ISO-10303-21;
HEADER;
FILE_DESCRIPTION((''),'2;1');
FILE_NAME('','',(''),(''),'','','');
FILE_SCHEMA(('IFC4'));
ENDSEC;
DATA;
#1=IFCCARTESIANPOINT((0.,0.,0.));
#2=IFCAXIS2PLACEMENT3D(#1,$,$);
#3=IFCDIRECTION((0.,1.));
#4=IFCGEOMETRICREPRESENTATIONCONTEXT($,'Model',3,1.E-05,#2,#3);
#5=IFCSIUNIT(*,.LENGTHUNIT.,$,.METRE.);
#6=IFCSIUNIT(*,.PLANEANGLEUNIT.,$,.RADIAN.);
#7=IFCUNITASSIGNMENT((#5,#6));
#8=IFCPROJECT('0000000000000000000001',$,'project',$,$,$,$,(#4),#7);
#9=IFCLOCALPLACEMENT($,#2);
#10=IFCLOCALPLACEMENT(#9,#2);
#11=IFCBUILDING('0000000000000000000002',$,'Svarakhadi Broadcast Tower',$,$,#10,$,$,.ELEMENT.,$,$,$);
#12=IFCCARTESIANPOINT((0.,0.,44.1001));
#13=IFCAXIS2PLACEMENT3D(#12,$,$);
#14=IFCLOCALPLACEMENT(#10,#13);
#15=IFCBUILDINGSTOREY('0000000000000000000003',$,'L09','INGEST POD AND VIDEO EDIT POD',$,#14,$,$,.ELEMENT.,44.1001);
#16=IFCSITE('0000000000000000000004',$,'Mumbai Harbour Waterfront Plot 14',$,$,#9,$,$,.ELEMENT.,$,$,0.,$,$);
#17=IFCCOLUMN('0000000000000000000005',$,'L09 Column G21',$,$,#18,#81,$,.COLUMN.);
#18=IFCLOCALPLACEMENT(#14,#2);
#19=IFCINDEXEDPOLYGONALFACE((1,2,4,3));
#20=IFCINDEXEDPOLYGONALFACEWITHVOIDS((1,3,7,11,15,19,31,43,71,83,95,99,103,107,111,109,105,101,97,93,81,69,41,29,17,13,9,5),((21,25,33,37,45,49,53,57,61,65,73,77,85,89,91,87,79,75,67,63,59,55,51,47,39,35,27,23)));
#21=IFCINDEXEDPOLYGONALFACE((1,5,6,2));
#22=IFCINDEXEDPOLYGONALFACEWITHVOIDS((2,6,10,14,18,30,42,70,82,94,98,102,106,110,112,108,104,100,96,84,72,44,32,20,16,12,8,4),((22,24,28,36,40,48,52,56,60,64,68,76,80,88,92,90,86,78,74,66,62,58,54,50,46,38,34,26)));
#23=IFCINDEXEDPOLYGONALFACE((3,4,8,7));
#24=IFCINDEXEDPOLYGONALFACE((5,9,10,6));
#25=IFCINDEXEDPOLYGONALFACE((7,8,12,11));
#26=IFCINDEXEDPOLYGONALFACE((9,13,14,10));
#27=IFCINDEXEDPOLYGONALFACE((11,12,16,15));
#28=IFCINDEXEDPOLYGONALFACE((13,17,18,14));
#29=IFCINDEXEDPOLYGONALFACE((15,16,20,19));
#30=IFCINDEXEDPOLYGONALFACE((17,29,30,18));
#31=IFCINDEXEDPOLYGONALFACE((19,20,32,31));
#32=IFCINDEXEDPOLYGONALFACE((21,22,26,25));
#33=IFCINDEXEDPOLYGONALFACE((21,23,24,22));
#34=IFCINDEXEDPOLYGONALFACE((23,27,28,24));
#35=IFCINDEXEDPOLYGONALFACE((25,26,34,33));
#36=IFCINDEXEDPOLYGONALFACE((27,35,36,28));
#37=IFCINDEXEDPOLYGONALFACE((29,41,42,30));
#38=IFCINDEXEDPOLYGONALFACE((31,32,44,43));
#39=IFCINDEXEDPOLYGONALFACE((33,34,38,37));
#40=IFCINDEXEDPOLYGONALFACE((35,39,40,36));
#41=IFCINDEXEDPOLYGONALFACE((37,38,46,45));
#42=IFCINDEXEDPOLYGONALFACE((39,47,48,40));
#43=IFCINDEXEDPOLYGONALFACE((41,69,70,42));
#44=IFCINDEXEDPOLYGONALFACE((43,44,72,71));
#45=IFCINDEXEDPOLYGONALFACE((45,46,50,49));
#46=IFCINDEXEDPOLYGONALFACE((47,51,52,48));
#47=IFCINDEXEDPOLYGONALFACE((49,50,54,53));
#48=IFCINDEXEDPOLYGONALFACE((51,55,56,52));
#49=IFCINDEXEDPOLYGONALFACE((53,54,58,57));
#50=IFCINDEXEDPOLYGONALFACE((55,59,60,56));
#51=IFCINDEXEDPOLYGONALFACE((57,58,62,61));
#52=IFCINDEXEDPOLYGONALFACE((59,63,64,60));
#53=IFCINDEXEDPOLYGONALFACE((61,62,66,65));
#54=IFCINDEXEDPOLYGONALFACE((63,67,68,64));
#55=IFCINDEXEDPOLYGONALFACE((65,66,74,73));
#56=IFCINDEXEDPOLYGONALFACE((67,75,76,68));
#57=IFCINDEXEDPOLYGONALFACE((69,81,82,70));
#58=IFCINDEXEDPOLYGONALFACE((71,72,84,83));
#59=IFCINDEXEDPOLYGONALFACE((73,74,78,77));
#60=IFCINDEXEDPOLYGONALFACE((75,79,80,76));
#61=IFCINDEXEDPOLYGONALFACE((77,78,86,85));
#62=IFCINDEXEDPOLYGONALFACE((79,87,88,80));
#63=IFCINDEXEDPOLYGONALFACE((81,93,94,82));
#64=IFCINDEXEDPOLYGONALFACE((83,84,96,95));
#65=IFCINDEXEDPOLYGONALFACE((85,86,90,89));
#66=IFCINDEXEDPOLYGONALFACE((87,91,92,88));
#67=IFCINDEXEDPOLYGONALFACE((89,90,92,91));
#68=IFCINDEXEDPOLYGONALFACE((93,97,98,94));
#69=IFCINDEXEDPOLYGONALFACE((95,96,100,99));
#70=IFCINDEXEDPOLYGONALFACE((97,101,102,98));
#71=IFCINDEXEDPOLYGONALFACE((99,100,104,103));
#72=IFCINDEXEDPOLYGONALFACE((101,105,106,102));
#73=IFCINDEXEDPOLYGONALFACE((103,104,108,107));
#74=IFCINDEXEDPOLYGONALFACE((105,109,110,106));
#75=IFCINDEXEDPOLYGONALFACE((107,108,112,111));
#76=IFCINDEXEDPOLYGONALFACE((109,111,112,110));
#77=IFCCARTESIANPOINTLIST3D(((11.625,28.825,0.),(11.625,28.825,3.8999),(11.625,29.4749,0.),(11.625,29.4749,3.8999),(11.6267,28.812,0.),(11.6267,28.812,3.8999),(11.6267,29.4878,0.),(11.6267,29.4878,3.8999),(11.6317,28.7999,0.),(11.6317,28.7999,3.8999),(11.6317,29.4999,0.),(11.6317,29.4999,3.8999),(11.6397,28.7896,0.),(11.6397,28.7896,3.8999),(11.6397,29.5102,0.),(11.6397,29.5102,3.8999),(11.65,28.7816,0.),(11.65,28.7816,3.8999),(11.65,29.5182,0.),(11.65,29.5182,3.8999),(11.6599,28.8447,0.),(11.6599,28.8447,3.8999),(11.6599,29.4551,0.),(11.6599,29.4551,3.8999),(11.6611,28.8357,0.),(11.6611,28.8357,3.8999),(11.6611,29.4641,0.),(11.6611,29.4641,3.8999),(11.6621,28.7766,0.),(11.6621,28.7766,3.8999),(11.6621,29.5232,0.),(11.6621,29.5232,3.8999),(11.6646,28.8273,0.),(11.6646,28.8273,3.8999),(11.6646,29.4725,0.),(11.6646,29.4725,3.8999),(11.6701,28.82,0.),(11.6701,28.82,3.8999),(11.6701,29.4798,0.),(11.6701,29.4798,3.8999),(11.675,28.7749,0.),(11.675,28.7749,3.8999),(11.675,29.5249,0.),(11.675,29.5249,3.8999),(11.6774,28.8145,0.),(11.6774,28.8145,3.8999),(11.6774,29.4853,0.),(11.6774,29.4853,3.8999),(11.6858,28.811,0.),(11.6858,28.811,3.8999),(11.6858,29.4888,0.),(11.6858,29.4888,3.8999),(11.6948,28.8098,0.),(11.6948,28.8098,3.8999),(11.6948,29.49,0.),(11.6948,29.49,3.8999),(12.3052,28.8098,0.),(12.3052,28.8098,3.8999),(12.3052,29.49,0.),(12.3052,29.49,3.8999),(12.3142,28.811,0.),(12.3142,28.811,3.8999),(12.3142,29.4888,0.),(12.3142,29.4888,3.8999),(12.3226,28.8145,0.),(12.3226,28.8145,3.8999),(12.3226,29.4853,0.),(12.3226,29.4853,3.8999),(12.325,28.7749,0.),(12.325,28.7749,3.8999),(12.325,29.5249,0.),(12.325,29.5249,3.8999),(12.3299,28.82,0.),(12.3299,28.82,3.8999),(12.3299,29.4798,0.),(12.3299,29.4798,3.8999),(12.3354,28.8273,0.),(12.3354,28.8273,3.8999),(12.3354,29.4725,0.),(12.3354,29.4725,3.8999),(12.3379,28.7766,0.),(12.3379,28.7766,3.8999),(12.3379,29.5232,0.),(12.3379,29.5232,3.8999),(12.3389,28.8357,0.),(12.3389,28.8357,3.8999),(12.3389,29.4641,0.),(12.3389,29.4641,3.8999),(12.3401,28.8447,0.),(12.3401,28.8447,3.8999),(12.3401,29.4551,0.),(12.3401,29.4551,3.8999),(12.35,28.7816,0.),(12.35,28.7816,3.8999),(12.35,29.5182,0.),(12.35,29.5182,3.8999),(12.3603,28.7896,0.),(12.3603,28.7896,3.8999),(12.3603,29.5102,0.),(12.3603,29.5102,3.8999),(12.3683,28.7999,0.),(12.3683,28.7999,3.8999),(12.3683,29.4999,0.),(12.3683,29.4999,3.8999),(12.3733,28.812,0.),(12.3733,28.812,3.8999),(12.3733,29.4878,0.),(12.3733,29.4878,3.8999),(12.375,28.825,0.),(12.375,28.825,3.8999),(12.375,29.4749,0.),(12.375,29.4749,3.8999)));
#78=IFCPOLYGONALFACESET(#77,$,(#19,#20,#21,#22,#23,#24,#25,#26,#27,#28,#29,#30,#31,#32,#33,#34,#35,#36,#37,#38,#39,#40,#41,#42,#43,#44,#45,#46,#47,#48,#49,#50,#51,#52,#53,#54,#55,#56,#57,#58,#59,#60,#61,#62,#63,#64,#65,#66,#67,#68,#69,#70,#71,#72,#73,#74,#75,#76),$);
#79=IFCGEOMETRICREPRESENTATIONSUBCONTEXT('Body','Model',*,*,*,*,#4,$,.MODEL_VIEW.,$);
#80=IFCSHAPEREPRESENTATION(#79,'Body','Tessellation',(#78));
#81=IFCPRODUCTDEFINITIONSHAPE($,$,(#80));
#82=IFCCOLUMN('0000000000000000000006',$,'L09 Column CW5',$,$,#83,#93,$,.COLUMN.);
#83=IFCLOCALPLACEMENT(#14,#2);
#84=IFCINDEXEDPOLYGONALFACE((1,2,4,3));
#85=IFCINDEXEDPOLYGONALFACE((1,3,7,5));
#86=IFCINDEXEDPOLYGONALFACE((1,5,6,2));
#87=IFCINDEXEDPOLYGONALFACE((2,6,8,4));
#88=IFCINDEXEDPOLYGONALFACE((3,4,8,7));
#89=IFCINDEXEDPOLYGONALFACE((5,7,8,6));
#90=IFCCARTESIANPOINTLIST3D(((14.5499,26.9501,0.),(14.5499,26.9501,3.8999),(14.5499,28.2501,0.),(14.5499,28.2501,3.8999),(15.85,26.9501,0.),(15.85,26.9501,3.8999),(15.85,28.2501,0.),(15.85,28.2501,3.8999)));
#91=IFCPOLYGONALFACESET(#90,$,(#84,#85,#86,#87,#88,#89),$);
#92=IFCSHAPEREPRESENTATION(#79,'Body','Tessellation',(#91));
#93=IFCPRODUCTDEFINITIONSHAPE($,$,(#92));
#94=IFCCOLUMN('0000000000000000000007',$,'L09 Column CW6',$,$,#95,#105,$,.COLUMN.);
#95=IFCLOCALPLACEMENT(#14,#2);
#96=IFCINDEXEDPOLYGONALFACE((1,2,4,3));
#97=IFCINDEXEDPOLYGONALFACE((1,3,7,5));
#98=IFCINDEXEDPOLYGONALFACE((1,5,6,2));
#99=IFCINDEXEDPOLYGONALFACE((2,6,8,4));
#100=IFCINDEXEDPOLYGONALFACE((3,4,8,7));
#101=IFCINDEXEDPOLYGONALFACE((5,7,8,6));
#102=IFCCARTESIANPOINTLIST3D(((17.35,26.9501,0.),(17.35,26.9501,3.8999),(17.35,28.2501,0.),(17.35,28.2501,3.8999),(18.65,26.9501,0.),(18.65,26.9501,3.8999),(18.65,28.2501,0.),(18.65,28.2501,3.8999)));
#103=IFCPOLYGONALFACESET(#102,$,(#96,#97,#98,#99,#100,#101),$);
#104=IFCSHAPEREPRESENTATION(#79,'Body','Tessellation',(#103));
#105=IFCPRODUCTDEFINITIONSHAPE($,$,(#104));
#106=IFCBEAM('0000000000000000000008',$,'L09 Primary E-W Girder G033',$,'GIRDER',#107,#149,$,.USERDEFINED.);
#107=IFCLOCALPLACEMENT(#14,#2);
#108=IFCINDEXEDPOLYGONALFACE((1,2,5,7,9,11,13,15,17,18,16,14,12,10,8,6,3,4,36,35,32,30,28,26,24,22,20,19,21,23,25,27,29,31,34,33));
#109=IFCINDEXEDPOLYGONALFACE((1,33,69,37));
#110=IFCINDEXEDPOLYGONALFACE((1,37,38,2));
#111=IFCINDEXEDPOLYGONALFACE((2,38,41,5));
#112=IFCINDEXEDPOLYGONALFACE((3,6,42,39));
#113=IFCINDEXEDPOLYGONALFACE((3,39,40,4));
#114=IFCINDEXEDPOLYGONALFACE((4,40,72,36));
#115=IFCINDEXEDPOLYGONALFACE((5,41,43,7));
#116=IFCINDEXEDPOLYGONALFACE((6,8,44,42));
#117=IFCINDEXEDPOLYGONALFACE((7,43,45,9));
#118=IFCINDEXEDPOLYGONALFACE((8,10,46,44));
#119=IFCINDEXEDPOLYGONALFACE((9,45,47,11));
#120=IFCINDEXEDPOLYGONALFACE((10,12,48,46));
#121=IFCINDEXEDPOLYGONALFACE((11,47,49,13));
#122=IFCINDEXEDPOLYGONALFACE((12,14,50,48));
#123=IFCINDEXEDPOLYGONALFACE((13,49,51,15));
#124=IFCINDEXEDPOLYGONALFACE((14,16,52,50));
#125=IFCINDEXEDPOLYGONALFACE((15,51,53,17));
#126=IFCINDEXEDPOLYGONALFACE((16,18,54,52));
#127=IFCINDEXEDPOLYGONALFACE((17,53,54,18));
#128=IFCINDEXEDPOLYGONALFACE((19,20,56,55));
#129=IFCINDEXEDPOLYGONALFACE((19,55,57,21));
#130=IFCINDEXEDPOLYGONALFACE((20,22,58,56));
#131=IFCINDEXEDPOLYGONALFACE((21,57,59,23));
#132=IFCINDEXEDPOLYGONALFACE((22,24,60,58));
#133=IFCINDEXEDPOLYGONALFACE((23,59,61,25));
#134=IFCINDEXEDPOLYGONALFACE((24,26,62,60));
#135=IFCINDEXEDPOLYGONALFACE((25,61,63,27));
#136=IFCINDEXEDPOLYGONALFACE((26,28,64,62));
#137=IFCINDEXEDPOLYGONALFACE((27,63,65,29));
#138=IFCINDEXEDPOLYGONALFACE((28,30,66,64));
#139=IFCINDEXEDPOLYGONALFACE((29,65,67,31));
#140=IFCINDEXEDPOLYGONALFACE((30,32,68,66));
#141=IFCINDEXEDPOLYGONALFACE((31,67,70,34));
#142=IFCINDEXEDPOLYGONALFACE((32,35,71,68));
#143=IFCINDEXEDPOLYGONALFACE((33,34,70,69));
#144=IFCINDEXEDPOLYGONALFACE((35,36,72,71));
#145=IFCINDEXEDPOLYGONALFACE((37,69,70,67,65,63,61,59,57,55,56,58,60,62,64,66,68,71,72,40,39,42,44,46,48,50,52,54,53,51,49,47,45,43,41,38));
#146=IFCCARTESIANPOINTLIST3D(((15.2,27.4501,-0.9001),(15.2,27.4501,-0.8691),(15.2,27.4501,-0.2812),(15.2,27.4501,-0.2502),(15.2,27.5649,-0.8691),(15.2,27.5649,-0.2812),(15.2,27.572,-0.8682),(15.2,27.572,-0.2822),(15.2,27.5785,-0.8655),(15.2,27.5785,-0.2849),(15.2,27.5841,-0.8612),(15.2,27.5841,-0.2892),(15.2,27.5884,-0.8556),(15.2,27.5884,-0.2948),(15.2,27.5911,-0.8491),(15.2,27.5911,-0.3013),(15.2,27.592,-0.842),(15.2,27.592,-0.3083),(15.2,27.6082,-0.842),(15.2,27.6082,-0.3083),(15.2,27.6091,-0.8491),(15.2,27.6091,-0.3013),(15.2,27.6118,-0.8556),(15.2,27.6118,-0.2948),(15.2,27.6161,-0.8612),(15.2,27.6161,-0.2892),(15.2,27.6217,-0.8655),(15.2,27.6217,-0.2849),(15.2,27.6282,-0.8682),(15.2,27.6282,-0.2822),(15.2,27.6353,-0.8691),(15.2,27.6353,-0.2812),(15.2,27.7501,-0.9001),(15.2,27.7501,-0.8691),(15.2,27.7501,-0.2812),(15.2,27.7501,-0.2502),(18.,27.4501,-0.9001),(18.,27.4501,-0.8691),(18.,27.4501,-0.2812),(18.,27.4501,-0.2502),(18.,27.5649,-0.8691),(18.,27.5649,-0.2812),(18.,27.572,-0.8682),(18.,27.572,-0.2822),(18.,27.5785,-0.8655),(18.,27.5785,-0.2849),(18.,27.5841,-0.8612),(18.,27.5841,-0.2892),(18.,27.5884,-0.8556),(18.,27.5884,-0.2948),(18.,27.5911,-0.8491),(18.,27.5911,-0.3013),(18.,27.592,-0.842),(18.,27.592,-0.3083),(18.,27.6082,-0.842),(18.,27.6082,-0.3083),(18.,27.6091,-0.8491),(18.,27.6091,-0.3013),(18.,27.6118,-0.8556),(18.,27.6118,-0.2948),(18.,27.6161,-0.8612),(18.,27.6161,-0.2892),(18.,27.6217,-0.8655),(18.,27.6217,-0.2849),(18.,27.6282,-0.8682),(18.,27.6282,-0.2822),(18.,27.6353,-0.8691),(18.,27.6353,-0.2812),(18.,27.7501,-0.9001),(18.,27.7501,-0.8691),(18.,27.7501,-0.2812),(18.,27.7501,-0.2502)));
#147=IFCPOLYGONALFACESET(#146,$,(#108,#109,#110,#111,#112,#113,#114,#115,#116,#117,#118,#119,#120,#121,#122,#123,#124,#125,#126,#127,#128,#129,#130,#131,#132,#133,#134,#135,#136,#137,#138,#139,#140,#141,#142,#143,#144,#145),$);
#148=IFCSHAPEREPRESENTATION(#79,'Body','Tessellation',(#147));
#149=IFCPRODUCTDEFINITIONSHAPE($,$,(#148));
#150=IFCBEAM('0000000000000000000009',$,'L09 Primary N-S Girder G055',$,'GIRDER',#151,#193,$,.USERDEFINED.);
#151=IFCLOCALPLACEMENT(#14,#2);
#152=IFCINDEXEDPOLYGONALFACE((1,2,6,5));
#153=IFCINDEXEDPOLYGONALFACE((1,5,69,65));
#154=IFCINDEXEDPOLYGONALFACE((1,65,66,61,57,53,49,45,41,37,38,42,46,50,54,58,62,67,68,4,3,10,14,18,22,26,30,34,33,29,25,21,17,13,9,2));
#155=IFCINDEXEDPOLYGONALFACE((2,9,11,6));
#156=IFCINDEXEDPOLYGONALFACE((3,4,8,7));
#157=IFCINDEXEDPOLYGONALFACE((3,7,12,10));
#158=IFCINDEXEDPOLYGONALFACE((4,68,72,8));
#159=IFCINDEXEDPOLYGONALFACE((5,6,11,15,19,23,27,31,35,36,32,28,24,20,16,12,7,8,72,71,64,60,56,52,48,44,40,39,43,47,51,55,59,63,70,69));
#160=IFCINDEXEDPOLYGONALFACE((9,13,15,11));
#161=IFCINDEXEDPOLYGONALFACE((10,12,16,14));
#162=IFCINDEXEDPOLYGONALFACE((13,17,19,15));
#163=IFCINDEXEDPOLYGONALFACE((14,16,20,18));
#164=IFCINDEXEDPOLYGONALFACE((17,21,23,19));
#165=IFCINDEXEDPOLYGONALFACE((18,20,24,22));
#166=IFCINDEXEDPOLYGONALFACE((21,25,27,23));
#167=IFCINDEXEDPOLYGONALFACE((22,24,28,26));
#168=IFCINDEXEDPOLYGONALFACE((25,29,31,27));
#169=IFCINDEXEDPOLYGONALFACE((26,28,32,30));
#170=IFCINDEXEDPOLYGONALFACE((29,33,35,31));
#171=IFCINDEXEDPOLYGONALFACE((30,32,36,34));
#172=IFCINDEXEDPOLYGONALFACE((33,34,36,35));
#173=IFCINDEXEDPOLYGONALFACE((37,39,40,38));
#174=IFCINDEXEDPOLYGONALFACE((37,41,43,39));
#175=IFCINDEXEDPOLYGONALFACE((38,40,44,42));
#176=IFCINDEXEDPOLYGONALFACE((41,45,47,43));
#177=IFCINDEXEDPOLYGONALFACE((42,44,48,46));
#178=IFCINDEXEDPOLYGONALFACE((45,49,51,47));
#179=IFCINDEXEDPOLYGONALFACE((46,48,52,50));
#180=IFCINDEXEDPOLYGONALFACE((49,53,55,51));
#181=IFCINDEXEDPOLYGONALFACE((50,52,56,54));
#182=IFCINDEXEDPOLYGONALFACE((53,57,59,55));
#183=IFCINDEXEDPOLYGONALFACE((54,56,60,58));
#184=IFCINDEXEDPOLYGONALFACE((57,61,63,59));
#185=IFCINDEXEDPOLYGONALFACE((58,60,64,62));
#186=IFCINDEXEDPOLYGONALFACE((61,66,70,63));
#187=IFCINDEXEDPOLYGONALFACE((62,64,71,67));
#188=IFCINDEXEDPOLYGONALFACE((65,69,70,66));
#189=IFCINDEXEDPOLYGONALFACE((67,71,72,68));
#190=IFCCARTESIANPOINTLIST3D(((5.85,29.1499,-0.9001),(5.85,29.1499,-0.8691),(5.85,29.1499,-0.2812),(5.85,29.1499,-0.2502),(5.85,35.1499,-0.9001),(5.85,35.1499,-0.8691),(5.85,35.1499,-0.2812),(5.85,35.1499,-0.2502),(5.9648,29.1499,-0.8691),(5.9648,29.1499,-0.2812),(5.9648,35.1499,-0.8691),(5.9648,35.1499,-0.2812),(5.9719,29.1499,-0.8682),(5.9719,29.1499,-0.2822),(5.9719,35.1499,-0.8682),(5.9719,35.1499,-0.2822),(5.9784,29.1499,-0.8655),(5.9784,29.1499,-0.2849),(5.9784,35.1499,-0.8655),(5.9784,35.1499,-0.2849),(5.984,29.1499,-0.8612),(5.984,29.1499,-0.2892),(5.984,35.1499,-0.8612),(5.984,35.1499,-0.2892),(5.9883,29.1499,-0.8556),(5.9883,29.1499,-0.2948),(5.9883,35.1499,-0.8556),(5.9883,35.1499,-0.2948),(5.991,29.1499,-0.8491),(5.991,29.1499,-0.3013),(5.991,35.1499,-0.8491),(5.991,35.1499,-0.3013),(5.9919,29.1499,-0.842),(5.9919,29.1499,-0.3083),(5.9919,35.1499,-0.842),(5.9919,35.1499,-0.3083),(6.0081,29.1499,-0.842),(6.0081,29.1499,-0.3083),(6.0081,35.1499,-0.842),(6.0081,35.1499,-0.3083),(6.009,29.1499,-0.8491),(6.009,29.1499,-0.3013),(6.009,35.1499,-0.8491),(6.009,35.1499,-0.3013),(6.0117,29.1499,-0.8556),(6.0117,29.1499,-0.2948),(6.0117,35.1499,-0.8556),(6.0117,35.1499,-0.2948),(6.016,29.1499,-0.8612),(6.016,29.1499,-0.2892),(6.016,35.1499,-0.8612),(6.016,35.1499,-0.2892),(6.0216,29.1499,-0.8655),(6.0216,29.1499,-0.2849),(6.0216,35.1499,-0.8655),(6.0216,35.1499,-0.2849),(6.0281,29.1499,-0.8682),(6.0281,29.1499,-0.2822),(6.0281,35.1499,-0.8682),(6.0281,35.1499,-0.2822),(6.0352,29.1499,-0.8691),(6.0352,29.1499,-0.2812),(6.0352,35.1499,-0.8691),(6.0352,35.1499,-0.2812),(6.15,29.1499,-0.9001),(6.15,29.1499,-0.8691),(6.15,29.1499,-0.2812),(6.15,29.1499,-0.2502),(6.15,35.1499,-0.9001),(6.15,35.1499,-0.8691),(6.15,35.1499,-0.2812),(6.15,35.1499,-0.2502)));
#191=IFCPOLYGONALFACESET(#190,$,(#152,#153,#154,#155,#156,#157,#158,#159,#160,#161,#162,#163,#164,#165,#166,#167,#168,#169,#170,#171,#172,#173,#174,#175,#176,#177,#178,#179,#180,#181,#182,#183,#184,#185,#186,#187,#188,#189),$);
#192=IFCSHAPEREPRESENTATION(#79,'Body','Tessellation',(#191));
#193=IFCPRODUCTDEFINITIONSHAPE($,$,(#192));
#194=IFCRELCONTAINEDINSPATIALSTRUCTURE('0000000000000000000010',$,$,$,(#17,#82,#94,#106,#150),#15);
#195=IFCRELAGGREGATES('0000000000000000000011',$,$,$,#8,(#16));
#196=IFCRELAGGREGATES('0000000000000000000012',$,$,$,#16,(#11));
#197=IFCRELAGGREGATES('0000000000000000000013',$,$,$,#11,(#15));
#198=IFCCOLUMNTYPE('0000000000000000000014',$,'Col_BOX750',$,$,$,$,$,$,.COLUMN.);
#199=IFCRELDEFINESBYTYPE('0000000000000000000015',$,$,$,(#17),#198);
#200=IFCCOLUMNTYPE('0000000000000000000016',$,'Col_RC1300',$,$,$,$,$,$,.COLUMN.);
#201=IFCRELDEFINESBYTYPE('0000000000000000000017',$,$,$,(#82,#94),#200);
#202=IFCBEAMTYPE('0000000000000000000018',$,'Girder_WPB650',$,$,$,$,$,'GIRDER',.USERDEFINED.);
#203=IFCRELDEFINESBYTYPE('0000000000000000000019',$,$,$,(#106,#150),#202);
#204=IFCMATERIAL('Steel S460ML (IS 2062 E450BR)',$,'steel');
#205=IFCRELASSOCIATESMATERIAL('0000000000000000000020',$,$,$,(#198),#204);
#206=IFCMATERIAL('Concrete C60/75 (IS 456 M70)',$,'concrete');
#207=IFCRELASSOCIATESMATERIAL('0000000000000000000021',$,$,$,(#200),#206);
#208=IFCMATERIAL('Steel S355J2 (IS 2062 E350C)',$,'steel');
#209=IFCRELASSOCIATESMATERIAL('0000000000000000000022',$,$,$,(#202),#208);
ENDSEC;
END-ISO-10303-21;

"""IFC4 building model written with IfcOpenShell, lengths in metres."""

from ifc_helpers import new_model, si_unit, direction, frame, origin, origin_2d, place, context, subcontext, project, spatial, rectangle, hollow_rectangle, i_section, extrude, material, material_profile, profile_set, type_object, element, save


model = new_model("IFC4")

# Units and contexts
model_context = context("Model", 3, precision=1e-05, world=origin(), true_north=direction((0.0, 1.0)))
body_context = subcontext(model_context, "Body", "Model", "MODEL_VIEW")
ifc_project = project(units=[si_unit("LENGTHUNIT", "METRE"), si_unit("PLANEANGLEUNIT", "RADIAN")], contexts=[model_context])

# Site, building, storey
site_placement = place(None, origin())
site = spatial("IfcSite", under=ifc_project, at=site_placement, Name="Mumbai Harbour Waterfront Plot 14", CompositionType="ELEMENT", RefElevation=0.0)
building_placement = place(site_placement, origin())
building = spatial("IfcBuilding", under=site, at=building_placement, Name="Svarakhadi Broadcast Tower", CompositionType="ELEMENT")
storey_placement = place(building_placement, frame((0.0, 0.0, 44.1001)))
storey = spatial("IfcBuildingStorey", under=building, at=storey_placement, Name="L09", Description="INGEST POD AND VIDEO EDIT POD", CompositionType="ELEMENT", Elevation=44.1001)

# Columns
ifc_material_1 = material(Name="Steel S460ML (IS 2062 E450BR)", Category="steel")
ifc_material_profile_1 = material_profile(ifc_material_1, hollow_rectangle(XDim=0.75, YDim=0.75, WallThickness=0.0349, InnerFilletRadius=0.0349, OuterFilletRadius=0.05, at=origin_2d()), Name="BOX 750x750x35")
ifc_profile_set_1 = profile_set([ifc_material_profile_1], Name="Steel S460ML (IS 2062 E450BR)")
column_type_1 = type_object("IfcColumnType", Name="Col_BOX750", PredefinedType="COLUMN", material=ifc_profile_set_1)
column_placement = place(storey_placement, frame((12.0, 29.1499, 0.0), z_axis=(0.0, 0.0, 1.0), x_axis=(1.0, 0.0, 0.0)))
element("IfcColumn", 1, at=column_placement, inside=storey, type_object=column_type_1, Name="L09 Column G21", PredefinedType="COLUMN", context=body_context, shape_type="SweptSolid", body=[
    extrude(hollow_rectangle(XDim=0.75, YDim=0.75, WallThickness=0.0349, InnerFilletRadius=0.0349, OuterFilletRadius=0.05, at=origin_2d()), origin(), (0.0, 0.0, 1.0), 3.8999),
])
ifc_material_2 = material(Name="Concrete C60/75 (IS 456 M70)", Category="concrete")
ifc_material_profile_2 = material_profile(ifc_material_2, rectangle(XDim=1.3, YDim=1.3, at=origin_2d()), Name="RC 1300x1300")
ifc_profile_set_2 = profile_set([ifc_material_profile_2], Name="Concrete C60/75 (IS 456 M70)")
column_type_2 = type_object("IfcColumnType", Name="Col_RC1300", PredefinedType="COLUMN", material=ifc_profile_set_2)
for number, where, z_axis, x_axis, name in (
    (2, (15.2, 27.6001, 0.0), (0.0, 0.0, 1.0), (1.0, 0.0, 0.0), "L09 Column CW5"),
    (3, (18.0, 27.6001, 0.0), (0.0, 0.0, 1.0), (1.0, 0.0, 0.0), "L09 Column CW6"),
):
    element("IfcColumn", number, at=place(storey_placement, frame(where, z_axis=z_axis, x_axis=x_axis)), inside=storey, type_object=column_type_2, Name=name, PredefinedType="COLUMN", context=body_context, shape_type="SweptSolid", body=[
        extrude(rectangle(XDim=1.3, YDim=1.3, at=origin_2d()), origin(), (0.0, 0.0, 1.0), 3.8999),
    ])

# Beams
ifc_material_3 = material(Name="Steel S355J2 (IS 2062 E350C)", Category="steel")
ifc_material_profile_3 = material_profile(ifc_material_3, i_section(OverallWidth=0.3, OverallDepth=0.6499, WebThickness=0.0161, FlangeThickness=0.031, FilletRadius=0.0271, at=origin_2d()), Name="WPB 650x300x225")
ifc_profile_set_3 = profile_set([ifc_material_profile_3], Name="Steel S355J2 (IS 2062 E350C)")
beam_type = type_object("IfcBeamType", Name="Girder_WPB650", ElementType="GIRDER", PredefinedType="USERDEFINED", material=ifc_profile_set_3)
beam_1_placement = place(storey_placement, frame((15.2, 27.6001, -0.5752), z_axis=(1.0, 0.0, 0.0), x_axis=(0.0, 1.0, 0.0)))
element("IfcBeam", 4, at=beam_1_placement, inside=storey, type_object=beam_type, Name="L09 Primary E-W Girder G033", ObjectType="GIRDER", PredefinedType="USERDEFINED", context=body_context, shape_type="SweptSolid", body=[
    extrude(i_section(OverallWidth=0.3, OverallDepth=0.6499, WebThickness=0.0161, FlangeThickness=0.031, FilletRadius=0.0271, at=origin_2d()), origin(), (0.0, 0.0, 1.0), 2.8),
])
beam_2_placement = place(storey_placement, frame((6.0, 29.1499, -0.5752), z_axis=(0.0, 1.0, 0.0), x_axis=(-1.0, 0.0, 0.0)))
element("IfcBeam", 5, at=beam_2_placement, inside=storey, type_object=beam_type, Name="L09 Primary N-S Girder G055", ObjectType="GIRDER", PredefinedType="USERDEFINED", context=body_context, shape_type="SweptSolid", body=[
    extrude(i_section(OverallWidth=0.3, OverallDepth=0.6499, WebThickness=0.0161, FlangeThickness=0.031, FilletRadius=0.0271, at=origin_2d()), origin(), (0.0, 0.0, 1.0), 6.0),
])

save(model, "model.ifc")
